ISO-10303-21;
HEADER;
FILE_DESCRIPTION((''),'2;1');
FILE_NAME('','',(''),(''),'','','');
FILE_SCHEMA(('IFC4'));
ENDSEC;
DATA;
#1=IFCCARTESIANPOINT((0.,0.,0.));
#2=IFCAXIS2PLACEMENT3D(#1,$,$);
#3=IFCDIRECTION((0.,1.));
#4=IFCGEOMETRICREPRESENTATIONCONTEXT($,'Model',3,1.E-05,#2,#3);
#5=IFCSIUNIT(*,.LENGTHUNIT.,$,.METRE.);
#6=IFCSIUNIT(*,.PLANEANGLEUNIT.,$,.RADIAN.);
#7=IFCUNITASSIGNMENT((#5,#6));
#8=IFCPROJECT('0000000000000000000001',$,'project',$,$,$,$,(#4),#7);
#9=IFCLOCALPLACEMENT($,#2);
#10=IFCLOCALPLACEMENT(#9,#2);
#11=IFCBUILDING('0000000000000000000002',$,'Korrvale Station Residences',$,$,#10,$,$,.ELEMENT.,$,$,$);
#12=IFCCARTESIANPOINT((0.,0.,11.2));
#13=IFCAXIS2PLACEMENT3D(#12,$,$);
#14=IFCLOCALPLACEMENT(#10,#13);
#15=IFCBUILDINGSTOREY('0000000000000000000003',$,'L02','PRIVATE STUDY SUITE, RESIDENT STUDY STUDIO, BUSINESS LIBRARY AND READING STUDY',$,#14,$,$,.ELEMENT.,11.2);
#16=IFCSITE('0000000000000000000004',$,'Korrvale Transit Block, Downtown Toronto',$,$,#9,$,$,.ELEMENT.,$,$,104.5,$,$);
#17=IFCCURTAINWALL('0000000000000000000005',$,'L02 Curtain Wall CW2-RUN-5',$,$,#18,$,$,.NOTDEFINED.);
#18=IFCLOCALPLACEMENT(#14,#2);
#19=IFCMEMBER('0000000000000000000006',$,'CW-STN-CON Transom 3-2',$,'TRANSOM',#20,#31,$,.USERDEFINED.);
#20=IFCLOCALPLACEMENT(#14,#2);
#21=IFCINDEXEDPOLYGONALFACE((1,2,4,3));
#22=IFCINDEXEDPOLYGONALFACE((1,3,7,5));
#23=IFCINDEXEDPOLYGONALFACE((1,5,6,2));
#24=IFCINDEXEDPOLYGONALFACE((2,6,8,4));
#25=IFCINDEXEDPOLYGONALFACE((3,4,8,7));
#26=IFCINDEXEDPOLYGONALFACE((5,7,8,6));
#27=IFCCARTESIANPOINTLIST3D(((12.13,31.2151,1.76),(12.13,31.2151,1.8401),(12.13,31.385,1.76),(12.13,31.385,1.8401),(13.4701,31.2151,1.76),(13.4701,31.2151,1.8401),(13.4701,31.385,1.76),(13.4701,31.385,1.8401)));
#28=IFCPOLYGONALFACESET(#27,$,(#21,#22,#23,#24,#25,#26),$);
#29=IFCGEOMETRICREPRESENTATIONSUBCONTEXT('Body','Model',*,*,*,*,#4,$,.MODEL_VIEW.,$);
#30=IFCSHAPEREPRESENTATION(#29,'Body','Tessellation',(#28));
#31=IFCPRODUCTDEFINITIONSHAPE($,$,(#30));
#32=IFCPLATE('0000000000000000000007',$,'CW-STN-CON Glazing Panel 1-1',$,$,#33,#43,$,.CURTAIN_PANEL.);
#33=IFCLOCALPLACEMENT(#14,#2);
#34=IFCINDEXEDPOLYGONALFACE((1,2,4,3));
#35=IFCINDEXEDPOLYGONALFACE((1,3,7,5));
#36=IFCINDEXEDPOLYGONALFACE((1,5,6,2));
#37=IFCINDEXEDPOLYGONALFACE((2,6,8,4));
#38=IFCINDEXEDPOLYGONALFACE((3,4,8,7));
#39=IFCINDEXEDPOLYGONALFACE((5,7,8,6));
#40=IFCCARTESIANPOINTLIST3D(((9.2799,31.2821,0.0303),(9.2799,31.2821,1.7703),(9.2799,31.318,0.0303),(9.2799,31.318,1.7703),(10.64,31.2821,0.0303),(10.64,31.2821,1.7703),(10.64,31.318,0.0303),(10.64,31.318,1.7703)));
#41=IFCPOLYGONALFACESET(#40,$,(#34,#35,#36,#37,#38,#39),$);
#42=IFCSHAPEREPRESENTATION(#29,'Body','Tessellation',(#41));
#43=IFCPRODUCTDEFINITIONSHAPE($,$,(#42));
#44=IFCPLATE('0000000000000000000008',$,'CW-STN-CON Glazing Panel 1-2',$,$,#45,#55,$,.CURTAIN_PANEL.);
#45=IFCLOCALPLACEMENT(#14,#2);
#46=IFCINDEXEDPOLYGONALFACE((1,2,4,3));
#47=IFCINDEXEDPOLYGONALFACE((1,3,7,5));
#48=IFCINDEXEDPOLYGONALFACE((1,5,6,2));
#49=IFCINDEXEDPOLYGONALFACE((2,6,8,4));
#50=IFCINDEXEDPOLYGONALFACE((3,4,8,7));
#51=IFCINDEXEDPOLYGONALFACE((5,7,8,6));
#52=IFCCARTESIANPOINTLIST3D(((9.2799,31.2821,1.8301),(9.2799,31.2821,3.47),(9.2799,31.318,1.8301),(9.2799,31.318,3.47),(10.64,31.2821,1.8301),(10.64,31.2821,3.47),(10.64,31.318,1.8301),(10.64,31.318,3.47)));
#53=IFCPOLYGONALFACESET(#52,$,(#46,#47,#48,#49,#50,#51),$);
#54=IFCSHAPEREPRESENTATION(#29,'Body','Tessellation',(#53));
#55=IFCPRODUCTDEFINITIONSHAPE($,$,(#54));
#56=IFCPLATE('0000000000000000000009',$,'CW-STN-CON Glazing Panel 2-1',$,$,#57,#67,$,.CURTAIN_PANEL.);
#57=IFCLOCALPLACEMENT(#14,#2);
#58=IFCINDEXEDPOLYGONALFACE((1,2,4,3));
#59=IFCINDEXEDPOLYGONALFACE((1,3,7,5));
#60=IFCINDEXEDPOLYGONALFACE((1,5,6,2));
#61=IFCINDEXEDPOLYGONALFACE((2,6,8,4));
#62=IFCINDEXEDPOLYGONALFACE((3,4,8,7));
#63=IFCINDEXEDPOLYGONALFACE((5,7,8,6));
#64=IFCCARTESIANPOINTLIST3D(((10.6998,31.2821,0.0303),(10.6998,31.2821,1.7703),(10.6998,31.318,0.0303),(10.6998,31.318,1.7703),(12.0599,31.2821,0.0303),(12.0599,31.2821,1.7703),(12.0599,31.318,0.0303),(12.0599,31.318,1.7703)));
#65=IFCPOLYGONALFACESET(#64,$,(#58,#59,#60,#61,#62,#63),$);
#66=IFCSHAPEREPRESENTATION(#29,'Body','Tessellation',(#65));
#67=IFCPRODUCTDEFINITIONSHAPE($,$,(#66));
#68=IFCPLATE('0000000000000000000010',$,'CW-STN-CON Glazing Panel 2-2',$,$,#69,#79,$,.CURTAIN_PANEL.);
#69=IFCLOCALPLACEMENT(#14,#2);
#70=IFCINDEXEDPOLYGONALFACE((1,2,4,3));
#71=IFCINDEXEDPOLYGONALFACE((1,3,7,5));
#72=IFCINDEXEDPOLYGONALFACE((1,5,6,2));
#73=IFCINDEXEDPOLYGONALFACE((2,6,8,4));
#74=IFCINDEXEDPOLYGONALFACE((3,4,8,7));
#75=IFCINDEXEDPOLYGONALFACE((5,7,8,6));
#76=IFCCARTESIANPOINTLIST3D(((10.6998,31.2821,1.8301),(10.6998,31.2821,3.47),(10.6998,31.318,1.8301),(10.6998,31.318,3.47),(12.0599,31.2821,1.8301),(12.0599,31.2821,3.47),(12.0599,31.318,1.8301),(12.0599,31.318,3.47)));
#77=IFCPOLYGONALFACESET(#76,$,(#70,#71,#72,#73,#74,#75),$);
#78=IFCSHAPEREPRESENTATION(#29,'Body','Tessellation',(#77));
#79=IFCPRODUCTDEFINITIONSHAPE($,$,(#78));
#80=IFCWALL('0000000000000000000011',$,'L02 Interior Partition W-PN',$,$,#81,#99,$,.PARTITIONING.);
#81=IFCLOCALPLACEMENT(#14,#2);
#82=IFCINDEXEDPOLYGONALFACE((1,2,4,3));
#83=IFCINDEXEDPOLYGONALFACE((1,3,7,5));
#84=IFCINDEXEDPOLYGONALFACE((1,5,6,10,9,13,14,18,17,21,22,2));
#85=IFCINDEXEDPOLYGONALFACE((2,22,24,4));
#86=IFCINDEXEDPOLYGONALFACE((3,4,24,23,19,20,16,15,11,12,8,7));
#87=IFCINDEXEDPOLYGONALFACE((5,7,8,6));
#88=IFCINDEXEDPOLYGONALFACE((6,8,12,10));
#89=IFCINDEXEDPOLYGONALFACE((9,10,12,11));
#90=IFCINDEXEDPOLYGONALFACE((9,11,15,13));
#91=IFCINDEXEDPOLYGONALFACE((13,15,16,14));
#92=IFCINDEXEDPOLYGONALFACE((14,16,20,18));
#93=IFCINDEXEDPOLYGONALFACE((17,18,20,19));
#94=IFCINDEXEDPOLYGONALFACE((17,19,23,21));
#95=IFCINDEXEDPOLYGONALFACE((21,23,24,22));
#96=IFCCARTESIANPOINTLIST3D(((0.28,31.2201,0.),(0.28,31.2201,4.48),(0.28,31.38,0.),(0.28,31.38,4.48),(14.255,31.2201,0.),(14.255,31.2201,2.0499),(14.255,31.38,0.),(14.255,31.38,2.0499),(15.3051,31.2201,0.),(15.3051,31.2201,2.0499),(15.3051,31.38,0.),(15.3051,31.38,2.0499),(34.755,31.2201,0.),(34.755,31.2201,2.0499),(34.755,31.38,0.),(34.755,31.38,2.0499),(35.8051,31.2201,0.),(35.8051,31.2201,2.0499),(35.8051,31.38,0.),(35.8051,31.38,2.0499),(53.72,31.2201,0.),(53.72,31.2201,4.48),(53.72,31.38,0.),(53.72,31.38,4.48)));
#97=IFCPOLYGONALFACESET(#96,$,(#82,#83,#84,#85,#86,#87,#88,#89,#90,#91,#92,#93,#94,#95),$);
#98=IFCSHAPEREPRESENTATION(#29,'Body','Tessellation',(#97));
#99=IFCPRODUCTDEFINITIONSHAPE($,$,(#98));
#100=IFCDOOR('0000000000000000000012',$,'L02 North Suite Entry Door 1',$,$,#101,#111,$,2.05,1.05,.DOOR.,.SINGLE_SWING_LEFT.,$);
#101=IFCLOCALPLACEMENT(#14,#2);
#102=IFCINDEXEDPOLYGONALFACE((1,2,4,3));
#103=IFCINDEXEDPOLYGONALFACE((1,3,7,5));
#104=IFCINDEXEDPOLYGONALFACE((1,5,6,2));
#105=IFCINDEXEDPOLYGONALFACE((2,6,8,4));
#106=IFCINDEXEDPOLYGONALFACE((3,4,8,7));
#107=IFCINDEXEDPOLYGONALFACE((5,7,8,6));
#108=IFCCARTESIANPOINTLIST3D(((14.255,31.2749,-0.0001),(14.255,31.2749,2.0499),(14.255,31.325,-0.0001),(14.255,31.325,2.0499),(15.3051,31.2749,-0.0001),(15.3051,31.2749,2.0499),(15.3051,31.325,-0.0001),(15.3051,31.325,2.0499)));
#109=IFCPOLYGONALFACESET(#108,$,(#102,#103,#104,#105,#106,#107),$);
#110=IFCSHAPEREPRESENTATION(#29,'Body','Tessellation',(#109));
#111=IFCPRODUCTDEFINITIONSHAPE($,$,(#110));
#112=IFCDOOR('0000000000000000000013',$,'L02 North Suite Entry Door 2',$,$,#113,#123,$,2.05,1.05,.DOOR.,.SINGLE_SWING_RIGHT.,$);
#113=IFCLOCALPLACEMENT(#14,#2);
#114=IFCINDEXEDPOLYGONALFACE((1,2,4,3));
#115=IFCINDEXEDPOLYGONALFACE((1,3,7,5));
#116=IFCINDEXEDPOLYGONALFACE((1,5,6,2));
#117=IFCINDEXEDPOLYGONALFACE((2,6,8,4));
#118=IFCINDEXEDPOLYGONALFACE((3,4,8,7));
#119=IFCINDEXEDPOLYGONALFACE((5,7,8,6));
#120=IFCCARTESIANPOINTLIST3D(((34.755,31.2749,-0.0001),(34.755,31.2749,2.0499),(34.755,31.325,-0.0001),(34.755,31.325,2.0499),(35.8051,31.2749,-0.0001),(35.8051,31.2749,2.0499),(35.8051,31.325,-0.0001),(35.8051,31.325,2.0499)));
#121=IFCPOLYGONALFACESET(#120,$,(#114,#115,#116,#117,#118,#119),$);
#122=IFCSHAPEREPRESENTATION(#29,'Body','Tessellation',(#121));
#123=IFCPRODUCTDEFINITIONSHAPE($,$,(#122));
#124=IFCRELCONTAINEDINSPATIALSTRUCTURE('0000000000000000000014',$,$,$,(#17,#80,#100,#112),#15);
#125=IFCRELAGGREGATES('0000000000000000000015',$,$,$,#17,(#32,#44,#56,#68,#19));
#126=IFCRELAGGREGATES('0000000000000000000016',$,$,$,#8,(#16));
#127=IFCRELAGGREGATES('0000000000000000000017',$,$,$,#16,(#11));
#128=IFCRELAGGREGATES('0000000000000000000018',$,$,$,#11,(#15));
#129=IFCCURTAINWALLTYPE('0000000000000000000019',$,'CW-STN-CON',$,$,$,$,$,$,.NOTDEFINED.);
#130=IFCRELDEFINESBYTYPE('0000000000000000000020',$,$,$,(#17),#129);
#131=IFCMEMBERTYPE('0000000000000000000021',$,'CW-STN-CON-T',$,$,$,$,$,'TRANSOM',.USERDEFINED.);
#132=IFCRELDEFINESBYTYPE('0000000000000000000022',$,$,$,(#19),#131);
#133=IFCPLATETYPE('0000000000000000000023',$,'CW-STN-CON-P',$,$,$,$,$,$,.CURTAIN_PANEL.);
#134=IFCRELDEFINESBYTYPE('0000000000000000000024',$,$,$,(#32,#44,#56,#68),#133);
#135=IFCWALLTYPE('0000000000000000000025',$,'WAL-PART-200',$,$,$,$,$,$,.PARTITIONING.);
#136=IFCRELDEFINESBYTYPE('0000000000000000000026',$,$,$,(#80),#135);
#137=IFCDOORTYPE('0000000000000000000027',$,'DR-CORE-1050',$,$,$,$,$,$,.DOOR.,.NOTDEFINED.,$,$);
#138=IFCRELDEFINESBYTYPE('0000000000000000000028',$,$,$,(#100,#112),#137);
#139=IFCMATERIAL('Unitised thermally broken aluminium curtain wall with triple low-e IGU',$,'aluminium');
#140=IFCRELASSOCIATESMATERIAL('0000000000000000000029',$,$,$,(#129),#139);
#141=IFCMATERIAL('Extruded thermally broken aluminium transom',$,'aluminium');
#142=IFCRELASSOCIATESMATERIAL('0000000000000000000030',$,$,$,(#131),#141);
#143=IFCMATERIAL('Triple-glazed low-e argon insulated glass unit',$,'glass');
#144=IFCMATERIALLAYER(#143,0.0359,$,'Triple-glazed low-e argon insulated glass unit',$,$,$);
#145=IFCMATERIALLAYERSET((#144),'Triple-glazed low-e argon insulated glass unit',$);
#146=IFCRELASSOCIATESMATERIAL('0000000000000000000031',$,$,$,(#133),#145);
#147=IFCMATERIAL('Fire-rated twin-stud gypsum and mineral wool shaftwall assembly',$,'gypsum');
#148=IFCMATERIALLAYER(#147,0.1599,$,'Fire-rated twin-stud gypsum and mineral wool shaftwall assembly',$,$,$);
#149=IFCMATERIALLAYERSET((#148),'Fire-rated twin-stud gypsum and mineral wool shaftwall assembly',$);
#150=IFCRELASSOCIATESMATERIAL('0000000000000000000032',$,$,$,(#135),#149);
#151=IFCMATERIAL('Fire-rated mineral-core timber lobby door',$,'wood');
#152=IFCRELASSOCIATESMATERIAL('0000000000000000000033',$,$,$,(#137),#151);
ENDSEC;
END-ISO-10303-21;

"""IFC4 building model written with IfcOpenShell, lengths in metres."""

from ifc_helpers import new_model, si_unit, direction, frame, frame_2d, origin, origin_2d, place, context, subcontext, project, spatial, rectangle, extrude, material, layer, layer_set, type_object, element, fill, aggregate, save


model = new_model("IFC4")

# Units and contexts
model_context = context("Model", 3, precision=1e-05, world=origin(), true_north=direction((0.0, 1.0)))
body_context = subcontext(model_context, "Body", "Model", "MODEL_VIEW")
ifc_project = project(units=[si_unit("LENGTHUNIT", "METRE"), si_unit("PLANEANGLEUNIT", "RADIAN")], contexts=[model_context])

# Site, building, storey
site_placement = place(None, origin())
site = spatial("IfcSite", under=ifc_project, at=site_placement, Name="Korrvale Transit Block, Downtown Toronto", CompositionType="ELEMENT", RefElevation=104.5)
building_placement = place(site_placement, origin())
building = spatial("IfcBuilding", under=site, at=building_placement, Name="Korrvale Station Residences", CompositionType="ELEMENT")
storey_placement = place(building_placement, frame((0.0, 0.0, 11.2)))
storey = spatial("IfcBuildingStorey", under=building, at=storey_placement, Name="L02", Description="PRIVATE STUDY SUITE, RESIDENT STUDY STUDIO, BUSINESS LIBRARY AND READING STUDY", CompositionType="ELEMENT", Elevation=11.2)

# Curtain wall, member, plates
ifc_material_1 = material(Name="Unitised thermally broken aluminium curtain wall with triple low-e IGU", Category="aluminium")
curtain_wall_type = type_object("IfcCurtainWallType", Name="CW-STN-CON", PredefinedType="NOTDEFINED", material=ifc_material_1)
curtain_wall_placement = place(storey_placement, origin())
curtain_wall = element("IfcCurtainWall", 1, at=curtain_wall_placement, inside=storey, type_object=curtain_wall_type, Name="L02 Curtain Wall CW2-RUN-5", PredefinedType="NOTDEFINED")
ifc_material_2 = material(Name="Extruded thermally broken aluminium transom", Category="aluminium")
member_type_1 = type_object("IfcMemberType", Name="CW-STN-CON-T", ElementType="TRANSOM", PredefinedType="USERDEFINED", material=ifc_material_2)
member_1_placement = place(storey_placement, frame((12.8, 31.3, 1.76), z_axis=(0.0, 0.0, 1.0), x_axis=(1.0, 0.0, 0.0)))
member_1 = element("IfcMember", 2, at=member_1_placement, type_object=member_type_1, Name="CW-STN-CON Transom 3-2", ObjectType="TRANSOM", PredefinedType="USERDEFINED", context=body_context, shape_type="SweptSolid", body=[
    extrude(rectangle(XDim=1.3401, YDim=0.1699, at=origin_2d()), origin(), (0.0, 0.0, 1.0), 0.0801),
])
ifc_material_3 = material(Name="Triple-glazed low-e argon insulated glass unit", Category="glass")
ifc_layer_1 = layer(ifc_material_3, 0.0359, Name="Triple-glazed low-e argon insulated glass unit")
ifc_layer_set_1 = layer_set([ifc_layer_1], Name="Triple-glazed low-e argon insulated glass unit")
plate_type = type_object("IfcPlateType", Name="CW-STN-CON-P", PredefinedType="CURTAIN_PANEL", material=ifc_layer_set_1)
plate_1_placement = place(storey_placement, frame((9.96, 31.3, 0.0303), z_axis=(0.0, 0.0, 1.0), x_axis=(1.0, 0.0, 0.0)))
plate_1 = element("IfcPlate", 3, at=plate_1_placement, type_object=plate_type, Name="CW-STN-CON Glazing Panel 1-1", PredefinedType="CURTAIN_PANEL", context=body_context, shape_type="SweptSolid", body=[
    extrude(rectangle(XDim=1.3601, YDim=0.0359, at=origin_2d()), origin(), (0.0, 0.0, 1.0), 1.74),
])
plate_2_placement = place(storey_placement, frame((9.96, 31.3, 1.8301), z_axis=(0.0, 0.0, 1.0), x_axis=(1.0, 0.0, 0.0)))
plate_2 = element("IfcPlate", 4, at=plate_2_placement, type_object=plate_type, Name="CW-STN-CON Glazing Panel 1-2", PredefinedType="CURTAIN_PANEL", context=body_context, shape_type="SweptSolid", body=[
    extrude(rectangle(XDim=1.3601, YDim=0.0359, at=origin_2d()), origin(), (0.0, 0.0, 1.0), 1.6399),
])
plate_3_placement = place(storey_placement, frame((11.3799, 31.3, 0.0303), z_axis=(0.0, 0.0, 1.0), x_axis=(1.0, 0.0, 0.0)))
plate_3 = element("IfcPlate", 5, at=plate_3_placement, type_object=plate_type, Name="CW-STN-CON Glazing Panel 2-1", PredefinedType="CURTAIN_PANEL", context=body_context, shape_type="SweptSolid", body=[
    extrude(rectangle(XDim=1.3601, YDim=0.0359, at=origin_2d()), origin(), (0.0, 0.0, 1.0), 1.74),
])
plate_4_placement = place(storey_placement, frame((11.3799, 31.3, 1.8301), z_axis=(0.0, 0.0, 1.0), x_axis=(1.0, 0.0, 0.0)))
plate_4 = element("IfcPlate", 6, at=plate_4_placement, type_object=plate_type, Name="CW-STN-CON Glazing Panel 2-2", PredefinedType="CURTAIN_PANEL", context=body_context, shape_type="SweptSolid", body=[
    extrude(rectangle(XDim=1.3601, YDim=0.0359, at=origin_2d()), origin(), (0.0, 0.0, 1.0), 1.6399),
])
aggregate(curtain_wall, [plate_1, plate_2, plate_3, plate_4, member_1])

# Wall, openings, doors
ifc_material_4 = material(Name="Fire-rated twin-stud gypsum and mineral wool shaftwall assembly", Category="gypsum")
ifc_layer_2 = layer(ifc_material_4, 0.1599, Name="Fire-rated twin-stud gypsum and mineral wool shaftwall assembly")
ifc_layer_set_2 = layer_set([ifc_layer_2], Name="Fire-rated twin-stud gypsum and mineral wool shaftwall assembly")
wall_type = type_object("IfcWallType", Name="WAL-PART-200", PredefinedType="PARTITIONING", material=ifc_layer_set_2)
wall_placement = place(storey_placement, frame((0.28, 31.3, 0.0), z_axis=(0.0, 0.0, 1.0), x_axis=(1.0, 0.0, 0.0)))
wall = element("IfcWall", 7, at=wall_placement, inside=storey, type_object=wall_type, Name="L02 Interior Partition W-PN", PredefinedType="PARTITIONING", context=body_context, shape_type="SweptSolid", body=[
    extrude(rectangle(XDim=53.4399, YDim=0.1599, at=frame_2d((26.72, 0.0))), origin(), (0.0, 0.0, 1.0), 4.48),
])
opening_1_placement = place(wall_placement, frame((13.9751, 0.0, 0.0)))
opening_1 = element("IfcOpeningElement", 8, at=opening_1_placement, cuts=wall, PredefinedType="OPENING", context=body_context, shape_type="SweptSolid", body=[
    extrude(rectangle(XDim=1.05, YDim=2.05, at=frame_2d((0.5249, 1.0249))), frame((0.0, 0.0898, 0.0), z_axis=(0.0, -1.0, 0.0), x_axis=(1.0, 0.0, 0.0)), (0.0, 0.0, 1.0), 0.1799),
])
opening_2_placement = place(wall_placement, frame((34.4751, 0.0, 0.0)))
opening_2 = element("IfcOpeningElement", 9, at=opening_2_placement, cuts=wall, PredefinedType="OPENING", context=body_context, shape_type="SweptSolid", body=[
    extrude(rectangle(XDim=1.05, YDim=2.05, at=frame_2d((0.5249, 1.0249))), frame((0.0, 0.0898, 0.0), z_axis=(0.0, -1.0, 0.0), x_axis=(1.0, 0.0, 0.0)), (0.0, 0.0, 1.0), 0.1799),
])
ifc_material_5 = material(Name="Fire-rated mineral-core timber lobby door", Category="wood")
door_type = type_object("IfcDoorType", Name="DR-CORE-1050", OperationType="NOTDEFINED", PredefinedType="DOOR", material=ifc_material_5)
door_1_placement = place(opening_1_placement, origin())
door_1 = element("IfcDoor", 10, at=door_1_placement, inside=storey, type_object=door_type, Name="L02 North Suite Entry Door 1", OperationType="SINGLE_SWING_LEFT", OverallHeight=2.05, OverallWidth=1.05, PredefinedType="DOOR", context=body_context, shape_type="SweptSolid", body=[
    extrude(rectangle(XDim=1.05, YDim=2.05, at=frame_2d((0.5249, 1.0249))), frame((0.0, 0.0249, 0.0), z_axis=(0.0, -1.0, 0.0), x_axis=(1.0, 0.0, 0.0)), (0.0, 0.0, 1.0), 0.05),
])
fill(opening_1, door_1)
door_2_placement = place(opening_2_placement, origin())
door_2 = element("IfcDoor", 11, at=door_2_placement, inside=storey, type_object=door_type, Name="L02 North Suite Entry Door 2", OperationType="SINGLE_SWING_RIGHT", OverallHeight=2.05, OverallWidth=1.05, PredefinedType="DOOR", context=body_context, shape_type="SweptSolid", body=[
    extrude(rectangle(XDim=1.05, YDim=2.05, at=frame_2d((0.5249, 1.0249))), frame((0.0, 0.0249, 0.0), z_axis=(0.0, -1.0, 0.0), x_axis=(1.0, 0.0, 0.0)), (0.0, 0.0, 1.0), 0.05),
])
fill(opening_2, door_2)

save(model, "model.ifc")
